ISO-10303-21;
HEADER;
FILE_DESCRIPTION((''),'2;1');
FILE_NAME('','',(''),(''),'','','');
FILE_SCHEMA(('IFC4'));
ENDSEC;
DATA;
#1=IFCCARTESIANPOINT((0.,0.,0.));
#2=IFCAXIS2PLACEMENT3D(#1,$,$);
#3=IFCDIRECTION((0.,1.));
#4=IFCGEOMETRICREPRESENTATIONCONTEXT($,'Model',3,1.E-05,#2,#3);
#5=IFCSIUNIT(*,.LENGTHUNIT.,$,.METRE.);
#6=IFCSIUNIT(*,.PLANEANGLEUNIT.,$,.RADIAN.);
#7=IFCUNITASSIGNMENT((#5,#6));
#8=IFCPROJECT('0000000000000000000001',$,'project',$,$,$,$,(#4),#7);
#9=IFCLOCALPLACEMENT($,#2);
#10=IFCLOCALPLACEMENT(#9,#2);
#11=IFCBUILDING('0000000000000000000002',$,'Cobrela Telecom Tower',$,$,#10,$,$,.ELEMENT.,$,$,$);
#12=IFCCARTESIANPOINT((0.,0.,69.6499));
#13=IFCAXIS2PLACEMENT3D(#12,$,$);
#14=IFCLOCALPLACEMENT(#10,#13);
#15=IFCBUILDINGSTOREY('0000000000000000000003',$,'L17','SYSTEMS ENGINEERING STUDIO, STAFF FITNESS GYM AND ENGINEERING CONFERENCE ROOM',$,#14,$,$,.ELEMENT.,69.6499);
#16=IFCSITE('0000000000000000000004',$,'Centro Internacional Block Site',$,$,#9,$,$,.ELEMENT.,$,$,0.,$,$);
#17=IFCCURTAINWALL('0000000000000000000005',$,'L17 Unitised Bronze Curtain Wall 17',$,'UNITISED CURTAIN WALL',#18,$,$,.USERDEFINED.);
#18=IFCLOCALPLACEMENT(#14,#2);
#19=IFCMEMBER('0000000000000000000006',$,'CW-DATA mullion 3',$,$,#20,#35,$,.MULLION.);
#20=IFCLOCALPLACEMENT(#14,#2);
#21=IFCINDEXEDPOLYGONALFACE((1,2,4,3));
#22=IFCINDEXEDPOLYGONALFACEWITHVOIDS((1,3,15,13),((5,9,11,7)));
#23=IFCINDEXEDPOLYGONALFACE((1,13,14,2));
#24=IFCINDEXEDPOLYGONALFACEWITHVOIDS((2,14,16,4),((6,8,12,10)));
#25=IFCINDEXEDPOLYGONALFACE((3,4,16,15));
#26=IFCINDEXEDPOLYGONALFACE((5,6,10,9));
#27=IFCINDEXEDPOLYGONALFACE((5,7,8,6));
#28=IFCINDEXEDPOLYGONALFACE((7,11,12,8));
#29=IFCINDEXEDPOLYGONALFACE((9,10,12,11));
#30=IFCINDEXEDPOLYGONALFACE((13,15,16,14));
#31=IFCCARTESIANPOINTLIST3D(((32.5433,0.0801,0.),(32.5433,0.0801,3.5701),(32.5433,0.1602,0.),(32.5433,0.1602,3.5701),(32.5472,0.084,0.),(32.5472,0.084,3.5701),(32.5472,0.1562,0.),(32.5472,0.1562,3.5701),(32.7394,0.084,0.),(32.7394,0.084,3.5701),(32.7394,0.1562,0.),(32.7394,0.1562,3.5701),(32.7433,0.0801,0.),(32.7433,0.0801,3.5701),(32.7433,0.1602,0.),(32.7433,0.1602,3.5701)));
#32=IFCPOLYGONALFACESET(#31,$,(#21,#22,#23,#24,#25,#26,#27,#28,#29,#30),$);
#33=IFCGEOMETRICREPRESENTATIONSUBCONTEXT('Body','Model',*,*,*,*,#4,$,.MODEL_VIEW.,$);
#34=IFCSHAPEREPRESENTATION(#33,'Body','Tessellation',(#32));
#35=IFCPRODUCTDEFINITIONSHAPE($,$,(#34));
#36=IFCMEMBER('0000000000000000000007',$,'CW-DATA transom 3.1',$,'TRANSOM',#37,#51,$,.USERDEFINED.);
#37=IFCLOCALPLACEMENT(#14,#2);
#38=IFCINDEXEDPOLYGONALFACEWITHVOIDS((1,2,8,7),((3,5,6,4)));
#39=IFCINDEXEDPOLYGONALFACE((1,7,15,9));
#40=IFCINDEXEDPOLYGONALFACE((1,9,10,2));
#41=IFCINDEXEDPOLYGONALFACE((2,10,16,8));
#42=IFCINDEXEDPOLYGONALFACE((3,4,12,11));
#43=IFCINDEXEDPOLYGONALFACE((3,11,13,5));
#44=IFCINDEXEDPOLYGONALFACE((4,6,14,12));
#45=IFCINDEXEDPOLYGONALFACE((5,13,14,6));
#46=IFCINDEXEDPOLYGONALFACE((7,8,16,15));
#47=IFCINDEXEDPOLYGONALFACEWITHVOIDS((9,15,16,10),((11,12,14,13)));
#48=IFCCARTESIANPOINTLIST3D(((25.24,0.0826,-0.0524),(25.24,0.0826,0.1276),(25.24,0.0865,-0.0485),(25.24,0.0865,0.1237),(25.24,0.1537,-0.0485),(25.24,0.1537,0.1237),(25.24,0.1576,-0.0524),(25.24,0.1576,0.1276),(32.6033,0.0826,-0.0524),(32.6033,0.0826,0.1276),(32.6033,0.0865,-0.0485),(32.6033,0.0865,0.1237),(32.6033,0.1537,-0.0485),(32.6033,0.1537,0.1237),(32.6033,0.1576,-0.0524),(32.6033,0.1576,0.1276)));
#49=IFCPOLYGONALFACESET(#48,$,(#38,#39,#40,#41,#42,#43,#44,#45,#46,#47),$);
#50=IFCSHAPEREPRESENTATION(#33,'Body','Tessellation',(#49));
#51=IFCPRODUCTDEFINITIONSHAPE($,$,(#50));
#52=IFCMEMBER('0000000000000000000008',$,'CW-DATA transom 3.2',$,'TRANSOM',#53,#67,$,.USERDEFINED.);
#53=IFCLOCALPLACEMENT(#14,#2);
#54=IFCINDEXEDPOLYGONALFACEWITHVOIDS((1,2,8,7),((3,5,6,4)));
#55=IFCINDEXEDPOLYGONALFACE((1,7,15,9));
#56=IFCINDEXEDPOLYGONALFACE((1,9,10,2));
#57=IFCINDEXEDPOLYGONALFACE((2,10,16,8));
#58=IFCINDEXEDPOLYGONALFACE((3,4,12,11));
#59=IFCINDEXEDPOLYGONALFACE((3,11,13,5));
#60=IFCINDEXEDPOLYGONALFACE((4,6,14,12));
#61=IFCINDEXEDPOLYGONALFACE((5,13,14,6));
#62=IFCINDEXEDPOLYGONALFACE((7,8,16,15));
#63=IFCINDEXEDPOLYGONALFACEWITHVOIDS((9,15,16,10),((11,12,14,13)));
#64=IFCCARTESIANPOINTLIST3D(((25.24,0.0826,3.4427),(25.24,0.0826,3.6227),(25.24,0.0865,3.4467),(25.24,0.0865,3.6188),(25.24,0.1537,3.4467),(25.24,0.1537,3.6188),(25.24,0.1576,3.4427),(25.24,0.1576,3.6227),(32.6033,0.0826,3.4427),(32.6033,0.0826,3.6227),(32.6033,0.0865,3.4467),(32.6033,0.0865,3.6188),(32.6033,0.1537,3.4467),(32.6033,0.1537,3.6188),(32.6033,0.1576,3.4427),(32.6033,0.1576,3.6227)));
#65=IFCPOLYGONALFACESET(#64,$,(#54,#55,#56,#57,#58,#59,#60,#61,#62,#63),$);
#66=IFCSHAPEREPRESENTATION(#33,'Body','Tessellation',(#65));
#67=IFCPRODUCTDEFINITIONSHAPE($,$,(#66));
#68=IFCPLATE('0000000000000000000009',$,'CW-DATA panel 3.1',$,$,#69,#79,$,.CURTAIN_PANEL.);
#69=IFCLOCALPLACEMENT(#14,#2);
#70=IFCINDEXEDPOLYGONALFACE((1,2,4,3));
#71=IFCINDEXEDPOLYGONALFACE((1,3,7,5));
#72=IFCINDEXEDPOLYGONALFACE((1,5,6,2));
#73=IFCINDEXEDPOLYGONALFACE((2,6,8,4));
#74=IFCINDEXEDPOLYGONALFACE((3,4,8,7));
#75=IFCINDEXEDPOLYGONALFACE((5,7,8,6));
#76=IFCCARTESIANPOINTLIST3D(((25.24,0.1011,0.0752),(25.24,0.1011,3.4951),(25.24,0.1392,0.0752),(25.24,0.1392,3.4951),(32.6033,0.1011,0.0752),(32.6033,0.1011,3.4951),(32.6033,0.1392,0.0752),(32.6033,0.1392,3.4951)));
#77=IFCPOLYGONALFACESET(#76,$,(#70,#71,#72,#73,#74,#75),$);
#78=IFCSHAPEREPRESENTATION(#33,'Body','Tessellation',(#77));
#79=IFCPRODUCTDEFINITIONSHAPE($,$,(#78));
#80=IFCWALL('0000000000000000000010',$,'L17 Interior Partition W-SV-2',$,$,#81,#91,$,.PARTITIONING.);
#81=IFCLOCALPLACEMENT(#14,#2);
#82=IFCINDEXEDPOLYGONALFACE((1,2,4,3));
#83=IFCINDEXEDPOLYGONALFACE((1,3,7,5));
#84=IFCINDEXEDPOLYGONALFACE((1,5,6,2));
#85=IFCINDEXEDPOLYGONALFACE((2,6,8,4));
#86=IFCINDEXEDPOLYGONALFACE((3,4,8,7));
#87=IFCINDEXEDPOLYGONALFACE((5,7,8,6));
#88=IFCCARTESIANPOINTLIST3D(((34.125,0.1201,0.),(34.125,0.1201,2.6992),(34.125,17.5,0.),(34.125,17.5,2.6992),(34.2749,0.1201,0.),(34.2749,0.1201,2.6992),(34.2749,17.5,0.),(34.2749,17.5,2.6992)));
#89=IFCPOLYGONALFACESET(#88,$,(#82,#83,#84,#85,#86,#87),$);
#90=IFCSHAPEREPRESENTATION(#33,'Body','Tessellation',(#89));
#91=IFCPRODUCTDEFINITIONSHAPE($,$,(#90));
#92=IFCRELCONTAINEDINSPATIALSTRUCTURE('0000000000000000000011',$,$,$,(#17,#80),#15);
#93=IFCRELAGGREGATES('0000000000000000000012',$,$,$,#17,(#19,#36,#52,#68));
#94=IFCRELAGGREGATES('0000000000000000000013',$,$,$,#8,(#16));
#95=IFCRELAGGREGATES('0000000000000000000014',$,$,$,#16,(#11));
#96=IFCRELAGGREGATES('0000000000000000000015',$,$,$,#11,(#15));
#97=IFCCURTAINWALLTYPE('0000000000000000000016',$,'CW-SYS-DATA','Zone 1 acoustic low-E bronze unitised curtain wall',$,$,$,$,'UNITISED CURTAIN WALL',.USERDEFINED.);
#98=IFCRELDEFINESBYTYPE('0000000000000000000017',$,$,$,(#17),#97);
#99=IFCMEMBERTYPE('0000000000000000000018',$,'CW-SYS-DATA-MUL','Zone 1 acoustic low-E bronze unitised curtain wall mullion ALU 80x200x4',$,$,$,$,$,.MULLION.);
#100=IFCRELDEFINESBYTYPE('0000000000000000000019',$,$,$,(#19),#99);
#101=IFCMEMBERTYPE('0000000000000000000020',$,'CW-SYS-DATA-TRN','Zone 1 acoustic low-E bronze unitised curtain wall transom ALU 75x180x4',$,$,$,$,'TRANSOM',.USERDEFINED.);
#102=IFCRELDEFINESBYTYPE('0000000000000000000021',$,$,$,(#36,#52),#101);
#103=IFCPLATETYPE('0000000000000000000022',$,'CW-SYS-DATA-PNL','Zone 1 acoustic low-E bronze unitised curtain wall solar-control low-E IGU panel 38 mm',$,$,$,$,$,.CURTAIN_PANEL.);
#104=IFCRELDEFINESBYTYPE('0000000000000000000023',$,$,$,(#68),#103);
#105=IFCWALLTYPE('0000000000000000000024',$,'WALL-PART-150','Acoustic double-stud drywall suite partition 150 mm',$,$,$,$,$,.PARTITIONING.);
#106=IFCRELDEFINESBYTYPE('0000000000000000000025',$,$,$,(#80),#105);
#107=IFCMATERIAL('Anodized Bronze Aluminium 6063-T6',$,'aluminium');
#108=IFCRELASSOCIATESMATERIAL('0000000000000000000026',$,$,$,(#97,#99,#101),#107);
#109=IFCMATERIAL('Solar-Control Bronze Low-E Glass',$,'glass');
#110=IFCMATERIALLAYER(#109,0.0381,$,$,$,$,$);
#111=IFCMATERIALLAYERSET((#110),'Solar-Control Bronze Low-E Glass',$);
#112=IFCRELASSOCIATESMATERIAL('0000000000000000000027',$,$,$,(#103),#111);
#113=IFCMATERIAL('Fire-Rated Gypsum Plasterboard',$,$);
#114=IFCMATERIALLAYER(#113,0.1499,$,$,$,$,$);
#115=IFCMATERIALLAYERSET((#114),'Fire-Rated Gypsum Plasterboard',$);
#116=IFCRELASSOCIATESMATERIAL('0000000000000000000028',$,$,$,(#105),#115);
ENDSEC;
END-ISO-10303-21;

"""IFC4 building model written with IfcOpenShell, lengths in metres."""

from ifc_helpers import new_model, si_unit, direction, frame, frame_2d, origin, origin_2d, place, context, subcontext, project, spatial, rectangle, hollow_rectangle, extrude, material, layer, layer_set, material_profile, profile_set, type_object, element, aggregate, save


model = new_model("IFC4")

# Units and contexts
model_context = context("Model", 3, precision=1e-05, world=origin(), true_north=direction((0.0, 1.0)))
body_context = subcontext(model_context, "Body", "Model", "MODEL_VIEW")
ifc_project = project(units=[si_unit("LENGTHUNIT", "METRE"), si_unit("PLANEANGLEUNIT", "RADIAN")], contexts=[model_context])

# Site, building, storey
site_placement = place(None, origin())
site = spatial("IfcSite", under=ifc_project, at=site_placement, Name="Centro Internacional Block Site", CompositionType="ELEMENT", RefElevation=0.0)
building_placement = place(site_placement, origin())
building = spatial("IfcBuilding", under=site, at=building_placement, Name="Cobrela Telecom Tower", CompositionType="ELEMENT")
storey_placement = place(building_placement, frame((0.0, 0.0, 69.6499)))
storey = spatial("IfcBuildingStorey", under=building, at=storey_placement, Name="L17", Description="SYSTEMS ENGINEERING STUDIO, STAFF FITNESS GYM AND ENGINEERING CONFERENCE ROOM", CompositionType="ELEMENT", Elevation=69.6499)

# Curtain wall, members, plate
ifc_material_1 = material(Name="Anodized Bronze Aluminium 6063-T6", Category="aluminium")
curtain_wall_type = type_object("IfcCurtainWallType", Name="CW-SYS-DATA", Description="Zone 1 acoustic low-E bronze unitised curtain wall", ElementType="UNITISED CURTAIN WALL", PredefinedType="USERDEFINED", material=ifc_material_1)
curtain_wall_placement = place(storey_placement, origin())
curtain_wall = element("IfcCurtainWall", 1, at=curtain_wall_placement, inside=storey, type_object=curtain_wall_type, Name="L17 Unitised Bronze Curtain Wall 17", ObjectType="UNITISED CURTAIN WALL", PredefinedType="USERDEFINED")
ifc_material_profile_1 = material_profile(ifc_material_1, hollow_rectangle(XDim=0.0801, YDim=0.2, WallThickness=0.0039, at=origin_2d()), Name="ALU 80x200x4")
ifc_profile_set_1 = profile_set([ifc_material_profile_1], Name="Anodized Bronze Aluminium 6063-T6")
member_type_1 = type_object("IfcMemberType", Name="CW-SYS-DATA-MUL", Description="Zone 1 acoustic low-E bronze unitised curtain wall mullion ALU 80x200x4", PredefinedType="MULLION", material=ifc_profile_set_1)
member_1_placement = place(storey_placement, frame((32.6433, 0.1201, 0.0), z_axis=(0.0, 0.0, 1.0), x_axis=(0.0, -1.0, 0.0)))
member_1 = element("IfcMember", 2, at=member_1_placement, type_object=member_type_1, Name="CW-DATA mullion 3", PredefinedType="MULLION", context=body_context, shape_type="SweptSolid", body=[
    extrude(hollow_rectangle(XDim=0.0801, YDim=0.2, WallThickness=0.0039, at=origin_2d()), origin(), (0.0, 0.0, 1.0), 3.5701),
])
ifc_material_profile_2 = material_profile(ifc_material_1, hollow_rectangle(XDim=0.075, YDim=0.1799, WallThickness=0.0039, at=origin_2d()), Name="ALU 75x180x4")
ifc_profile_set_2 = profile_set([ifc_material_profile_2], Name="Anodized Bronze Aluminium 6063-T6")
member_type_2 = type_object("IfcMemberType", Name="CW-SYS-DATA-TRN", Description="Zone 1 acoustic low-E bronze unitised curtain wall transom ALU 75x180x4", ElementType="TRANSOM", PredefinedType="USERDEFINED", material=ifc_profile_set_2)
member_2_placement = place(storey_placement, frame((32.6033, 0.1201, 0.0376), z_axis=(-1.0, 0.0, 0.0), x_axis=(0.0, -1.0, 0.0)))
member_2 = element("IfcMember", 3, at=member_2_placement, type_object=member_type_2, Name="CW-DATA transom 3.1", ObjectType="TRANSOM", PredefinedType="USERDEFINED", context=body_context, shape_type="SweptSolid", body=[
    extrude(hollow_rectangle(XDim=0.075, YDim=0.1799, WallThickness=0.0039, at=origin_2d()), origin(), (0.0, 0.0, 1.0), 7.3633),
])
member_3_placement = place(storey_placement, frame((32.6033, 0.1201, 3.5327), z_axis=(-1.0, 0.0, 0.0), x_axis=(0.0, -1.0, 0.0)))
member_3 = element("IfcMember", 4, at=member_3_placement, type_object=member_type_2, Name="CW-DATA transom 3.2", ObjectType="TRANSOM", PredefinedType="USERDEFINED", context=body_context, shape_type="SweptSolid", body=[
    extrude(hollow_rectangle(XDim=0.075, YDim=0.1799, WallThickness=0.0039, at=origin_2d()), origin(), (0.0, 0.0, 1.0), 7.3633),
])
ifc_material_2 = material(Name="Solar-Control Bronze Low-E Glass", Category="glass")
ifc_layer_1 = layer(ifc_material_2, 0.0381)
ifc_layer_set_1 = layer_set([ifc_layer_1], Name="Solar-Control Bronze Low-E Glass")
plate_type = type_object("IfcPlateType", Name="CW-SYS-DATA-PNL", Description="Zone 1 acoustic low-E bronze unitised curtain wall solar-control low-E IGU panel 38 mm", PredefinedType="CURTAIN_PANEL", material=ifc_layer_set_1)
plate_placement = place(storey_placement, frame((28.9216, 0.1201, 0.0752), z_axis=(0.0, 0.0, 1.0), x_axis=(-1.0, 0.0, 0.0)))
plate = element("IfcPlate", 5, at=plate_placement, type_object=plate_type, Name="CW-DATA panel 3.1", PredefinedType="CURTAIN_PANEL", context=body_context, shape_type="SweptSolid", body=[
    extrude(rectangle(XDim=7.3633, YDim=0.0381, at=origin_2d()), origin(), (0.0, 0.0, 1.0), 3.4199),
])
aggregate(curtain_wall, [member_1, member_2, member_3, plate])

# Wall
ifc_material_3 = material(Name="Fire-Rated Gypsum Plasterboard")
ifc_layer_2 = layer(ifc_material_3, 0.1499)
ifc_layer_set_2 = layer_set([ifc_layer_2], Name="Fire-Rated Gypsum Plasterboard")
wall_type = type_object("IfcWallType", Name="WALL-PART-150", Description="Acoustic double-stud drywall suite partition 150 mm", PredefinedType="PARTITIONING", material=ifc_layer_set_2)
wall_placement = place(storey_placement, frame((34.2, 0.1201, 0.0), z_axis=(0.0, 0.0, 1.0), x_axis=(0.0, 1.0, 0.0)))
element("IfcWall", 6, at=wall_placement, inside=storey, type_object=wall_type, Name="L17 Interior Partition W-SV-2", PredefinedType="PARTITIONING", context=body_context, shape_type="SweptSolid", body=[
    extrude(rectangle(XDim=17.3799, YDim=0.1499, at=frame_2d((8.6899, 0.0))), origin(), (0.0, 0.0, 1.0), 2.6992),
])

save(model, "model.ifc")
